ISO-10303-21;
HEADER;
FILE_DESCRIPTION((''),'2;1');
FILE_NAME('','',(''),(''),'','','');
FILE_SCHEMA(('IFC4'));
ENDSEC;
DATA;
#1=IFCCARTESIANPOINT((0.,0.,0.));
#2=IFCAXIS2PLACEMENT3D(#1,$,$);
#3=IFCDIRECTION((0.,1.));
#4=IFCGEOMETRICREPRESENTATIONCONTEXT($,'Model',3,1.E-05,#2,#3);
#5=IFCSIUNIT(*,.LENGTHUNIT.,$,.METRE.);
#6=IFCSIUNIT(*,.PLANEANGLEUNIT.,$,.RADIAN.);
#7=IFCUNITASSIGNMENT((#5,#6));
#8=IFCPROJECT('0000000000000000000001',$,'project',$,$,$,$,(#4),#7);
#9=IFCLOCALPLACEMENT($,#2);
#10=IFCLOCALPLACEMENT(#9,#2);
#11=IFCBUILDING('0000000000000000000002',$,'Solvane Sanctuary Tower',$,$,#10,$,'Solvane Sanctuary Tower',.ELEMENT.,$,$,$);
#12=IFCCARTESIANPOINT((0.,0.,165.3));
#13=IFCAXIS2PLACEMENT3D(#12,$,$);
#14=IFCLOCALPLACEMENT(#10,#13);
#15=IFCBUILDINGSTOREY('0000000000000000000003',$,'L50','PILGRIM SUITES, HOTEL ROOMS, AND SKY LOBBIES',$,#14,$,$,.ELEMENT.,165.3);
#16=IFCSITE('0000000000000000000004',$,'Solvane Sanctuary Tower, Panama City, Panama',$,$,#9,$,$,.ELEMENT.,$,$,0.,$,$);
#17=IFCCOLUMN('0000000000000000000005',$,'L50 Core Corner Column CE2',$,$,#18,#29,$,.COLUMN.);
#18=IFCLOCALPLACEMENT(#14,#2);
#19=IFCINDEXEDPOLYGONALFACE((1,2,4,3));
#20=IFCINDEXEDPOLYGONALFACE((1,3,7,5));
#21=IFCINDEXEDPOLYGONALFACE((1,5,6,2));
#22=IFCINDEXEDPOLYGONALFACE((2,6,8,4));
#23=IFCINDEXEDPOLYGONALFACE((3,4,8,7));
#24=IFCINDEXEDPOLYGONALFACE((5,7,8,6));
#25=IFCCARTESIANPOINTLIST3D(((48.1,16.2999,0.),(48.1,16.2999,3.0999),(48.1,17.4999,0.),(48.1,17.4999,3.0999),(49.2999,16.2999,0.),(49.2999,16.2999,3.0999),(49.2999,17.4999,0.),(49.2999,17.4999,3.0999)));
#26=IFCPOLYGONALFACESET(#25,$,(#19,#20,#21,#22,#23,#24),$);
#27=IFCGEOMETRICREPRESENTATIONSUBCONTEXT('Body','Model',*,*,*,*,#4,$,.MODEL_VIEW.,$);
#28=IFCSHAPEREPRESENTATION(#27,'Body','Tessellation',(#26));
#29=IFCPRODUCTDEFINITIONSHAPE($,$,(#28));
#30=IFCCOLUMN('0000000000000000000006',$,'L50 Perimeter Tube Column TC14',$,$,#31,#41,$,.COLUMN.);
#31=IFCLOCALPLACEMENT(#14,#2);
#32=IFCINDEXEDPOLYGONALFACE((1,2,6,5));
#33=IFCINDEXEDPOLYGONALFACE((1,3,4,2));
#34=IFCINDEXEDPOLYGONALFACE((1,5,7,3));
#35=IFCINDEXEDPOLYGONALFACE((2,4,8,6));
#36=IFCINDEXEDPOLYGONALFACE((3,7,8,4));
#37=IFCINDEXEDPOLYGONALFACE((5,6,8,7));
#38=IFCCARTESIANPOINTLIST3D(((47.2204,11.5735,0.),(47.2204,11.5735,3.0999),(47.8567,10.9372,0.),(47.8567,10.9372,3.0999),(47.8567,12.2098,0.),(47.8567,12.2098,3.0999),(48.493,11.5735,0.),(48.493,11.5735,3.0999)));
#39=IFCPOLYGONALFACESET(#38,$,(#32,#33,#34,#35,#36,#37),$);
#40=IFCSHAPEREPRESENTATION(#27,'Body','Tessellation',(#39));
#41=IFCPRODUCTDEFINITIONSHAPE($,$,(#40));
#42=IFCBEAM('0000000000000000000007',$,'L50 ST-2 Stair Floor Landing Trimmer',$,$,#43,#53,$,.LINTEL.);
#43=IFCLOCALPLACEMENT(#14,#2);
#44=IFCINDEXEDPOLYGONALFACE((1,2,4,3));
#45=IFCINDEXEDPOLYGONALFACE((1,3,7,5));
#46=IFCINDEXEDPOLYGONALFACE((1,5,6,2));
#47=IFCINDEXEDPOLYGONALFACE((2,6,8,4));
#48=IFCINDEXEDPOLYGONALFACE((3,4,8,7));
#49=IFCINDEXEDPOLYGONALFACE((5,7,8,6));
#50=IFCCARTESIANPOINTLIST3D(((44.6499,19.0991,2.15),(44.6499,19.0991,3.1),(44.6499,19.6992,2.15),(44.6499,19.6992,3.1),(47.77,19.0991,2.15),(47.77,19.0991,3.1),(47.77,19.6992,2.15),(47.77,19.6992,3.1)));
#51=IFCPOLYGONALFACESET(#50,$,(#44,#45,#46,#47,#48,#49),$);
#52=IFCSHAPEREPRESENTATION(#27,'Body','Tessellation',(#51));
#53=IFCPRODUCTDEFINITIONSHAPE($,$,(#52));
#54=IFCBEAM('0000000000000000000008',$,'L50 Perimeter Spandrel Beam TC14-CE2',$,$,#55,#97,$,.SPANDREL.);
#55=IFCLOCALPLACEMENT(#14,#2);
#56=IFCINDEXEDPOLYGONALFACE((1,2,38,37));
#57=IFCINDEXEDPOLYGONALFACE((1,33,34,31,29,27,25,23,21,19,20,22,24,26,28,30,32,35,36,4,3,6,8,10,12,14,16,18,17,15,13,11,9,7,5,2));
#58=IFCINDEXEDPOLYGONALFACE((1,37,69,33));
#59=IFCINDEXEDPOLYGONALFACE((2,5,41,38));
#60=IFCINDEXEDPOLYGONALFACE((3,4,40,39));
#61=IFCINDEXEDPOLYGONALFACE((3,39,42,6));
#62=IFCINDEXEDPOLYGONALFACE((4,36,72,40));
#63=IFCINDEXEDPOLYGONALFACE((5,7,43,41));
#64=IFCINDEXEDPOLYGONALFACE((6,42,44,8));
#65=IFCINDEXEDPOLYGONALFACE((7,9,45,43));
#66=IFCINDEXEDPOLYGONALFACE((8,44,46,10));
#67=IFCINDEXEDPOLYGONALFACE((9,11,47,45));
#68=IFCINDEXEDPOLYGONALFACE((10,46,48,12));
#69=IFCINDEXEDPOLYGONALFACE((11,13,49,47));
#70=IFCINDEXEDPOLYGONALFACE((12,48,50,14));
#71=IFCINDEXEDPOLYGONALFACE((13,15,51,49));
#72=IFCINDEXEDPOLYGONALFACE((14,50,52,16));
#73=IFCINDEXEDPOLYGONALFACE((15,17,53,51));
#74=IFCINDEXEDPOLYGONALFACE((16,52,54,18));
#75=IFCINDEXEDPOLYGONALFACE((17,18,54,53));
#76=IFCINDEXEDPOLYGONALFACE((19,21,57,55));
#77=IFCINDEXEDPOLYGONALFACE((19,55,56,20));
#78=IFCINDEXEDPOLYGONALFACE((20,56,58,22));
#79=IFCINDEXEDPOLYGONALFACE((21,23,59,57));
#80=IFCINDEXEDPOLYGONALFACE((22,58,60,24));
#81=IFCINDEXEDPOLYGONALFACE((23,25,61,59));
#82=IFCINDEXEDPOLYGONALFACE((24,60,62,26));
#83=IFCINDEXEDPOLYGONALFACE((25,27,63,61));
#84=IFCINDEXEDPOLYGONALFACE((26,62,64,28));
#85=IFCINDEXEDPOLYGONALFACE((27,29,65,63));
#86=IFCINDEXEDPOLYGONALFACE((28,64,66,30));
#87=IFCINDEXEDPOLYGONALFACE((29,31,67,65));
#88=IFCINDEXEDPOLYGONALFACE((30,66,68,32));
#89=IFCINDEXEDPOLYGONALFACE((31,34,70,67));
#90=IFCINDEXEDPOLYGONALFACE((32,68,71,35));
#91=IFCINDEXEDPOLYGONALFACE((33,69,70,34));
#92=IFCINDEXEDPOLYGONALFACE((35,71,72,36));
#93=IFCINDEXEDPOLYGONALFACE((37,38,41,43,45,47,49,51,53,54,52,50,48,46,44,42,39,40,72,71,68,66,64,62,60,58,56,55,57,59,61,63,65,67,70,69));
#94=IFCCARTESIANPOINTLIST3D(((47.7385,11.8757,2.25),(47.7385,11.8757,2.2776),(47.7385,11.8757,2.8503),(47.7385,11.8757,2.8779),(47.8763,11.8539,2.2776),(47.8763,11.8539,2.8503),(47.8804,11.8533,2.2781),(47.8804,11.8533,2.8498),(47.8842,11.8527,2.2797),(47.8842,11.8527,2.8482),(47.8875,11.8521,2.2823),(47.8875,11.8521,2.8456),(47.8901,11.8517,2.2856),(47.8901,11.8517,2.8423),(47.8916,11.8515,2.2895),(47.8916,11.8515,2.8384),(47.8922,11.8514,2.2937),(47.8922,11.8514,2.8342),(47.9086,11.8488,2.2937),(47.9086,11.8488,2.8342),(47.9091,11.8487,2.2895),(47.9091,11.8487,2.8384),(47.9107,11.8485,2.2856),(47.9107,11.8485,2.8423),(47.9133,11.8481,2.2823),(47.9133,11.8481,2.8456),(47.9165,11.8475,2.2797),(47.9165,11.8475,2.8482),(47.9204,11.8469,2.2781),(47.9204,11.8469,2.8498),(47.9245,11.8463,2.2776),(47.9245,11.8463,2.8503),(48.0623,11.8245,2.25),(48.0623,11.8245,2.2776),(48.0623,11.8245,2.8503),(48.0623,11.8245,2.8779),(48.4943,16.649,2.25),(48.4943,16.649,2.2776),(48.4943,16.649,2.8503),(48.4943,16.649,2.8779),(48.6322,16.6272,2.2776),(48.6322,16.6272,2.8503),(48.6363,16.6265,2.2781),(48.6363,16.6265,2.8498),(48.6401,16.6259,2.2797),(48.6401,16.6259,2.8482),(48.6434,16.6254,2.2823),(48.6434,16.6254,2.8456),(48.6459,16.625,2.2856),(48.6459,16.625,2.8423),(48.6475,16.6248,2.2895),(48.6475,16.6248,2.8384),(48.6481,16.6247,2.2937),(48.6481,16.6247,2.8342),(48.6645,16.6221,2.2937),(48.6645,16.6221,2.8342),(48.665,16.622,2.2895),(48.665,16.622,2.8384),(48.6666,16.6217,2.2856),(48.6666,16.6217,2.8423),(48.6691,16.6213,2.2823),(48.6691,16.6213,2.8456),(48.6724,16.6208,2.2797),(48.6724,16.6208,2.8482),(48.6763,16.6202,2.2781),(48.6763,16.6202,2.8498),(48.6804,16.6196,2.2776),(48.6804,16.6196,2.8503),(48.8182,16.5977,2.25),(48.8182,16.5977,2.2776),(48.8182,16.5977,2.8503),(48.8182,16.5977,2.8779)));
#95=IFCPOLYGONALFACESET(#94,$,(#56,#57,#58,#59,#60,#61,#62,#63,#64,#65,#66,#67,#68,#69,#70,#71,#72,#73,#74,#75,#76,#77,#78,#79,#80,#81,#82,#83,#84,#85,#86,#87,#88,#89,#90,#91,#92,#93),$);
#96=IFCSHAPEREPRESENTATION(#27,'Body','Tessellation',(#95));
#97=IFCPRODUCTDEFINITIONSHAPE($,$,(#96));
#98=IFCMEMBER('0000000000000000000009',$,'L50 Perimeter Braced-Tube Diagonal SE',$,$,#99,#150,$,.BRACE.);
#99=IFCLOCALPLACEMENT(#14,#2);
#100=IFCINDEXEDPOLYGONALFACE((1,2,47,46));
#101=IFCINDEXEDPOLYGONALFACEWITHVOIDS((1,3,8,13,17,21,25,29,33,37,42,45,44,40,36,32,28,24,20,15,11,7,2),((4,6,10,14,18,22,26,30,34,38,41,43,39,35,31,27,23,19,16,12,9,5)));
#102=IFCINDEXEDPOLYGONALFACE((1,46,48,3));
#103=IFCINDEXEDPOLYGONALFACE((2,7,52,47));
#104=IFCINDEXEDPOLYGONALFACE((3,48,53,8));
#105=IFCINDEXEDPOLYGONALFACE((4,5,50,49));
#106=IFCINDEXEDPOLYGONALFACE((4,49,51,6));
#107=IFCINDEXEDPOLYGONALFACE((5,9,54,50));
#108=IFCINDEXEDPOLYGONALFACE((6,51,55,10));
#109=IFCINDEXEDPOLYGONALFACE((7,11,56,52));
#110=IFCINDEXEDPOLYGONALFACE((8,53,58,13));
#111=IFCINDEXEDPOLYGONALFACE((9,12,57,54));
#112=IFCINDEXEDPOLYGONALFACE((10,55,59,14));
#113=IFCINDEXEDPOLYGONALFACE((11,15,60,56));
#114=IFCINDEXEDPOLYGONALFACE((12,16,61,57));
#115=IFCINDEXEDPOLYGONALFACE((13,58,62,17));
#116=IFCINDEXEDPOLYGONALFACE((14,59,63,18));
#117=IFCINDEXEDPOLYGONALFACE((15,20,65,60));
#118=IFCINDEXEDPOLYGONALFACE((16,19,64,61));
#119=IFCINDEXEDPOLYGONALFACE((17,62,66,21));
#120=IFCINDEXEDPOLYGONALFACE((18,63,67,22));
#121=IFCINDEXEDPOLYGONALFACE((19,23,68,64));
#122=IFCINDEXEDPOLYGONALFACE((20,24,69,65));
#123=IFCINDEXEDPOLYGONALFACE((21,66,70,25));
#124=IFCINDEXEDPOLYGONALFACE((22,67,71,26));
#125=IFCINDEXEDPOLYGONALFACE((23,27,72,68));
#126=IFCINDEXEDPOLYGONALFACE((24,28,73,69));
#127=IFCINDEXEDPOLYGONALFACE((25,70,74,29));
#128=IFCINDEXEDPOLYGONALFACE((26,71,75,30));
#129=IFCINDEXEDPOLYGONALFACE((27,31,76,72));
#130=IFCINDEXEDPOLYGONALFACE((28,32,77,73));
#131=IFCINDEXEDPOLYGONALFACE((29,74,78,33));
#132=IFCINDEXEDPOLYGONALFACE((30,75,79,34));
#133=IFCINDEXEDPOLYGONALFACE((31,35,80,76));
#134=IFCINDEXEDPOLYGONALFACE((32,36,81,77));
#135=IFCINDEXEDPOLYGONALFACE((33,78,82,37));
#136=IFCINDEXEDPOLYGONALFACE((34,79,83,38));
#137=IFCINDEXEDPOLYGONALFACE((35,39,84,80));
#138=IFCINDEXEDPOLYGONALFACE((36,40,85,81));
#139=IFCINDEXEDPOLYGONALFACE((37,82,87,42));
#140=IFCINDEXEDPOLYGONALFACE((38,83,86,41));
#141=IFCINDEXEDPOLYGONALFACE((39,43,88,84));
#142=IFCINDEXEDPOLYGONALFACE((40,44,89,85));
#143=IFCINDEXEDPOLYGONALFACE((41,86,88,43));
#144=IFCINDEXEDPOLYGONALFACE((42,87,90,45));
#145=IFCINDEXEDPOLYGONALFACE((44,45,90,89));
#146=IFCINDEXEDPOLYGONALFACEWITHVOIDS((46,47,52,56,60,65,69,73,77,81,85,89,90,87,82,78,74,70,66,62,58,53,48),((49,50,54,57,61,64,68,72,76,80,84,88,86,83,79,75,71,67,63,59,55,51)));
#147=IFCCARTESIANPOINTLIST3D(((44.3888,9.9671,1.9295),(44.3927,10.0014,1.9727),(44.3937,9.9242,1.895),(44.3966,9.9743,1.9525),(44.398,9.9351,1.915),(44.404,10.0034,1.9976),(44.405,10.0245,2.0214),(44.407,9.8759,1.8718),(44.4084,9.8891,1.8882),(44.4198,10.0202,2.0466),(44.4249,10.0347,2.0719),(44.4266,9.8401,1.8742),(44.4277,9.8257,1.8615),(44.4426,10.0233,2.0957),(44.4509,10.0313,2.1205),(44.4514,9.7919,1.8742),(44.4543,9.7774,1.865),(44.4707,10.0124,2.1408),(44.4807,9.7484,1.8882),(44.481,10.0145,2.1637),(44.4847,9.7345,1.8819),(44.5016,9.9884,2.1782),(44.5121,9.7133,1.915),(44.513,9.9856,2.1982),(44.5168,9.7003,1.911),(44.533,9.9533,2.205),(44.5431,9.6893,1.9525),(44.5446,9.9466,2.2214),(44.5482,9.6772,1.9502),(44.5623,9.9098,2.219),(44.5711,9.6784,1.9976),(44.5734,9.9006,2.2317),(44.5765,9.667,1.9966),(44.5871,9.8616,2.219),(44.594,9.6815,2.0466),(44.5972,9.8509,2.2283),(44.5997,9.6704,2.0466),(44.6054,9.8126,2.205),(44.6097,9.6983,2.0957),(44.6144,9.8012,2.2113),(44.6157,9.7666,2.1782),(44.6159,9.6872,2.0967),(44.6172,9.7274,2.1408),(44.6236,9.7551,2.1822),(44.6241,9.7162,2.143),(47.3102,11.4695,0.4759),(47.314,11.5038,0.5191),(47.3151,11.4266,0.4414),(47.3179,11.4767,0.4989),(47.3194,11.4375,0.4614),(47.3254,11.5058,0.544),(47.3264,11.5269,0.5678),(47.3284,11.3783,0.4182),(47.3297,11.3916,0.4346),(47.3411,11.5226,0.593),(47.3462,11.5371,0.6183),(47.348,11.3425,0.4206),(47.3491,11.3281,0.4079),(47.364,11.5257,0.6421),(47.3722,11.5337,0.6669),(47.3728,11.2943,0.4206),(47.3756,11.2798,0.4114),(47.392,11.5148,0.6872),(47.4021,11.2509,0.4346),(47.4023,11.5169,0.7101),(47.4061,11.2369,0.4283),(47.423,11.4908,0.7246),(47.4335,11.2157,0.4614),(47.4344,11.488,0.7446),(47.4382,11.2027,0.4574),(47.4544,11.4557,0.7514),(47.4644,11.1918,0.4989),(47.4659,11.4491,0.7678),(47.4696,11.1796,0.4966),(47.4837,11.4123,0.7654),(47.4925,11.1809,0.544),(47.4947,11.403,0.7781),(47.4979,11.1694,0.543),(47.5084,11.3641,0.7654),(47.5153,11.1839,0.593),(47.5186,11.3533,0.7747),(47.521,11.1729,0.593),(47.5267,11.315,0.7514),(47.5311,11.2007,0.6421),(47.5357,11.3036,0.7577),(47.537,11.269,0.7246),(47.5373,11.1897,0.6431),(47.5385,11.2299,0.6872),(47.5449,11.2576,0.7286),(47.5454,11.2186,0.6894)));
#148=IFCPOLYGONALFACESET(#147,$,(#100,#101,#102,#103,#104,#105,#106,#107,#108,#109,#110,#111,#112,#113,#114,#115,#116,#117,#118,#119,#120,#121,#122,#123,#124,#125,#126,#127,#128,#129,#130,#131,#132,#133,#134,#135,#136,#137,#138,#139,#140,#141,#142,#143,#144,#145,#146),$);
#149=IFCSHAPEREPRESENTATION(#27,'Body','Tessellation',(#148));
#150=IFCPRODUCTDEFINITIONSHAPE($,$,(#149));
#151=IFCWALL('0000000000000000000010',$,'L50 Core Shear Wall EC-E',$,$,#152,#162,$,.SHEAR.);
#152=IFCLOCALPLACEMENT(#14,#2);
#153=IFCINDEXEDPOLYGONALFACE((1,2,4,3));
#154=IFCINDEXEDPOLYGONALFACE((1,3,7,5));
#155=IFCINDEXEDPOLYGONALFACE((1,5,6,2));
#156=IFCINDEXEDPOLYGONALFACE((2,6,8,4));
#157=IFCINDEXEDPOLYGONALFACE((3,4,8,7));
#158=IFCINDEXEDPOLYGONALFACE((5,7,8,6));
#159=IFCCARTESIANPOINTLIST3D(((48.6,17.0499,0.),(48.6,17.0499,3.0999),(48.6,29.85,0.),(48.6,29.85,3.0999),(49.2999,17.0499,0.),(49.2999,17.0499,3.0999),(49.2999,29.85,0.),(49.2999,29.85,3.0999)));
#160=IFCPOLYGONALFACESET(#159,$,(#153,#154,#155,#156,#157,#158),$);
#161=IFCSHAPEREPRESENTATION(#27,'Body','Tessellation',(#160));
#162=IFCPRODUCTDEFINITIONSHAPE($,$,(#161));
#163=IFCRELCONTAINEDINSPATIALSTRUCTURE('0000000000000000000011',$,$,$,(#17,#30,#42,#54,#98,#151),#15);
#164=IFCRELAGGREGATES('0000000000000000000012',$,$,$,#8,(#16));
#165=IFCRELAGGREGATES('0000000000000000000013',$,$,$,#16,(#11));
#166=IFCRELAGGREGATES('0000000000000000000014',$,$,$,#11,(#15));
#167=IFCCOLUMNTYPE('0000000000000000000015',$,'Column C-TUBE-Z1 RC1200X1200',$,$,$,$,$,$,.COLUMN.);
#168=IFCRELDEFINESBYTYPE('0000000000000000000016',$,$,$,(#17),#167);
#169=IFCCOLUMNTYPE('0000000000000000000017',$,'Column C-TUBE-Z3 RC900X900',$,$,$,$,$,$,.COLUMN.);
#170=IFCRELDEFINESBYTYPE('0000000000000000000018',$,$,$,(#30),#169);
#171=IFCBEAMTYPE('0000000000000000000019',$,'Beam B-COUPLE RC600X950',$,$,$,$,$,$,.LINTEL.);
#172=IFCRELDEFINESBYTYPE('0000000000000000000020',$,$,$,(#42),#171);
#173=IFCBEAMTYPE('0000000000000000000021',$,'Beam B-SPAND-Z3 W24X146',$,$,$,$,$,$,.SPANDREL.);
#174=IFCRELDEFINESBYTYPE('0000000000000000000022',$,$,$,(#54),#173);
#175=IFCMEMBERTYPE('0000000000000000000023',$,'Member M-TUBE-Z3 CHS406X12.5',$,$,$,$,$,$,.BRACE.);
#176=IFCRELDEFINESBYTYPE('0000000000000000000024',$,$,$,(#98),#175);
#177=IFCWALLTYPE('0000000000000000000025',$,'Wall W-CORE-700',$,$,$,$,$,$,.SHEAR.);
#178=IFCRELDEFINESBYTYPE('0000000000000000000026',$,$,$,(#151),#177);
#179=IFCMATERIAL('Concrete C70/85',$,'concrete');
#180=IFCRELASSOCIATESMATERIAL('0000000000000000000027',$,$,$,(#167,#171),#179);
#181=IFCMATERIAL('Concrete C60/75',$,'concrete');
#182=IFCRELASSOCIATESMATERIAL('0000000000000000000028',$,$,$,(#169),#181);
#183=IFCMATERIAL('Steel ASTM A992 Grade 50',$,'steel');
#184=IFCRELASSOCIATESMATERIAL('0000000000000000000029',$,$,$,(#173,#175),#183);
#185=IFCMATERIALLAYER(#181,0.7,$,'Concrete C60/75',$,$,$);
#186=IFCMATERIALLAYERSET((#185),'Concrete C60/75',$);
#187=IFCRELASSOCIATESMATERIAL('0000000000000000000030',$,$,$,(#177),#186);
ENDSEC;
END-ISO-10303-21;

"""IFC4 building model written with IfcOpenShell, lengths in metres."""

from ifc_helpers import new_model, si_unit, direction, frame, frame_2d, origin, origin_2d, place, context, subcontext, project, spatial, rectangle, hollow_circle, i_section, extrude, material, layer, layer_set, material_profile, profile_set, type_object, element, save


model = new_model("IFC4")

# Units and contexts
model_context = context("Model", 3, precision=1e-05, world=origin(), true_north=direction((0.0, 1.0)))
body_context = subcontext(model_context, "Body", "Model", "MODEL_VIEW")
ifc_project = project(units=[si_unit("LENGTHUNIT", "METRE"), si_unit("PLANEANGLEUNIT", "RADIAN")], contexts=[model_context])

# Site, building, storey
site_placement = place(None, origin())
site = spatial("IfcSite", under=ifc_project, at=site_placement, Name="Solvane Sanctuary Tower, Panama City, Panama", CompositionType="ELEMENT", RefElevation=0.0)
building_placement = place(site_placement, origin())
building = spatial("IfcBuilding", under=site, at=building_placement, Name="Solvane Sanctuary Tower", LongName="Solvane Sanctuary Tower", CompositionType="ELEMENT")
storey_placement = place(building_placement, frame((0.0, 0.0, 165.3)))
storey = spatial("IfcBuildingStorey", under=building, at=storey_placement, Name="L50", Description="PILGRIM SUITES, HOTEL ROOMS, AND SKY LOBBIES", CompositionType="ELEMENT", Elevation=165.3)

# Columns
ifc_material_1 = material(Name="Concrete C70/85", Category="concrete")
ifc_material_profile_1 = material_profile(ifc_material_1, rectangle(XDim=1.2, YDim=1.2, at=origin_2d()), Name="RC1200X1200")
ifc_profile_set_1 = profile_set([ifc_material_profile_1], Name="Concrete C70/85")
column_type_1 = type_object("IfcColumnType", Name="Column C-TUBE-Z1 RC1200X1200", PredefinedType="COLUMN", material=ifc_profile_set_1)
column_1_placement = place(storey_placement, frame((48.7, 16.8999, 0.0), z_axis=(0.0, 0.0, 1.0), x_axis=(1.0, 0.0, 0.0)))
element("IfcColumn", 1, at=column_1_placement, inside=storey, type_object=column_type_1, Name="L50 Core Corner Column CE2", PredefinedType="COLUMN", context=body_context, shape_type="SweptSolid", body=[
    extrude(rectangle(XDim=1.2, YDim=1.2, at=origin_2d()), origin(), (0.0, 0.0, 1.0), 3.0999),
])
ifc_material_2 = material(Name="Concrete C60/75", Category="concrete")
ifc_material_profile_2 = material_profile(ifc_material_2, rectangle(XDim=0.8999, YDim=0.8999, at=origin_2d()), Name="RC900X900")
ifc_profile_set_2 = profile_set([ifc_material_profile_2], Name="Concrete C60/75")
column_type_2 = type_object("IfcColumnType", Name="Column C-TUBE-Z3 RC900X900", PredefinedType="COLUMN", material=ifc_profile_set_2)
column_2_placement = place(storey_placement, frame((47.8567, 11.5735, 0.0), z_axis=(0.0, 0.0, 1.0), x_axis=(0.707107, -0.707107, 0.0)))
element("IfcColumn", 2, at=column_2_placement, inside=storey, type_object=column_type_2, Name="L50 Perimeter Tube Column TC14", PredefinedType="COLUMN", context=body_context, shape_type="SweptSolid", body=[
    extrude(rectangle(XDim=0.8999, YDim=0.8999, at=origin_2d()), origin(), (0.0, 0.0, 1.0), 3.0999),
])

# Beams
ifc_material_profile_3 = material_profile(ifc_material_1, rectangle(XDim=0.6001, YDim=0.95, at=origin_2d()), Name="RC600X950")
ifc_profile_set_3 = profile_set([ifc_material_profile_3], Name="Concrete C70/85")
beam_type_1 = type_object("IfcBeamType", Name="Beam B-COUPLE RC600X950", PredefinedType="LINTEL", material=ifc_profile_set_3)
beam_1_placement = place(storey_placement, frame((44.6499, 19.3992, 2.625), z_axis=(1.0, 0.0, 0.0), x_axis=(0.0, 1.0, 0.0)))
element("IfcBeam", 3, at=beam_1_placement, inside=storey, type_object=beam_type_1, Name="L50 ST-2 Stair Floor Landing Trimmer", PredefinedType="LINTEL", context=body_context, shape_type="SweptSolid", body=[
    extrude(rectangle(XDim=0.6001, YDim=0.95, at=origin_2d()), origin(), (0.0, 0.0, 1.0), 3.1201),
])
ifc_material_3 = material(Name="Steel ASTM A992 Grade 50", Category="steel")
ifc_material_profile_4 = material_profile(ifc_material_3, i_section(OverallWidth=0.3279, OverallDepth=0.6279, WebThickness=0.0166, FlangeThickness=0.0276, FilletRadius=0.0161, at=origin_2d()), Name="W24X146")
ifc_profile_set_4 = profile_set([ifc_material_profile_4], Name="Steel ASTM A992 Grade 50")
beam_type_2 = type_object("IfcBeamType", Name="Beam B-SPAND-Z3 W24X146", PredefinedType="SPANDREL", material=ifc_profile_set_4)
beam_2_placement = place(storey_placement, frame((47.9004, 11.8501, 2.564), z_axis=(0.156406, 0.987693, 0.0), x_axis=(-0.987693, 0.156406, 0.0)))
element("IfcBeam", 4, at=beam_2_placement, inside=storey, type_object=beam_type_2, Name="L50 Perimeter Spandrel Beam TC14-CE2", PredefinedType="SPANDREL", context=body_context, shape_type="SweptSolid", body=[
    extrude(i_section(OverallWidth=0.3279, OverallDepth=0.6279, WebThickness=0.0166, FlangeThickness=0.0276, FilletRadius=0.0161, at=origin_2d()), origin(), (0.0, 0.0, 1.0), 4.8328),
])

# Member
ifc_material_profile_5 = material_profile(ifc_material_3, hollow_circle(Radius=0.2029, WallThickness=0.0125, at=origin_2d()), Name="CHS406X12.5")
ifc_profile_set_5 = profile_set([ifc_material_profile_5], Name="Steel ASTM A992 Grade 50")
member_type = type_object("IfcMemberType", Name="Member M-TUBE-Z3 CHS406X12.5", PredefinedType="BRACE", material=ifc_profile_set_5)
member_placement = place(storey_placement, frame((47.4282, 11.3533, 0.593), z_axis=(-0.813229, -0.418236, 0.404644), x_axis=(0.457351, -0.889286, 0.0)))
element("IfcMember", 5, at=member_placement, inside=storey, type_object=member_type, Name="L50 Perimeter Braced-Tube Diagonal SE", PredefinedType="BRACE", context=body_context, shape_type="SweptSolid", body=[
    extrude(hollow_circle(Radius=0.2029, WallThickness=0.0125, at=origin_2d()), origin(), (0.0, 0.0, 1.0), 3.5923),
])

# Wall
ifc_layer_1 = layer(ifc_material_2, 0.7, Name="Concrete C60/75")
ifc_layer_set_1 = layer_set([ifc_layer_1], Name="Concrete C60/75")
wall_type_1 = type_object("IfcWallType", Name="Wall W-CORE-700", PredefinedType="SHEAR", material=ifc_layer_set_1)
wall_1_placement = place(storey_placement, frame((48.95, 17.05, 0.0), z_axis=(0.0, 0.0, 1.0), x_axis=(0.0, 1.0, 0.0)))
element("IfcWall", 6, at=wall_1_placement, inside=storey, type_object=wall_type_1, Name="L50 Core Shear Wall EC-E", PredefinedType="SHEAR", context=body_context, shape_type="SweptSolid", body=[
    extrude(rectangle(XDim=12.8, YDim=0.7, at=frame_2d((6.3999, 0.0))), origin(), (0.0, 0.0, 1.0), 3.0999),
])

save(model, "model.ifc")
